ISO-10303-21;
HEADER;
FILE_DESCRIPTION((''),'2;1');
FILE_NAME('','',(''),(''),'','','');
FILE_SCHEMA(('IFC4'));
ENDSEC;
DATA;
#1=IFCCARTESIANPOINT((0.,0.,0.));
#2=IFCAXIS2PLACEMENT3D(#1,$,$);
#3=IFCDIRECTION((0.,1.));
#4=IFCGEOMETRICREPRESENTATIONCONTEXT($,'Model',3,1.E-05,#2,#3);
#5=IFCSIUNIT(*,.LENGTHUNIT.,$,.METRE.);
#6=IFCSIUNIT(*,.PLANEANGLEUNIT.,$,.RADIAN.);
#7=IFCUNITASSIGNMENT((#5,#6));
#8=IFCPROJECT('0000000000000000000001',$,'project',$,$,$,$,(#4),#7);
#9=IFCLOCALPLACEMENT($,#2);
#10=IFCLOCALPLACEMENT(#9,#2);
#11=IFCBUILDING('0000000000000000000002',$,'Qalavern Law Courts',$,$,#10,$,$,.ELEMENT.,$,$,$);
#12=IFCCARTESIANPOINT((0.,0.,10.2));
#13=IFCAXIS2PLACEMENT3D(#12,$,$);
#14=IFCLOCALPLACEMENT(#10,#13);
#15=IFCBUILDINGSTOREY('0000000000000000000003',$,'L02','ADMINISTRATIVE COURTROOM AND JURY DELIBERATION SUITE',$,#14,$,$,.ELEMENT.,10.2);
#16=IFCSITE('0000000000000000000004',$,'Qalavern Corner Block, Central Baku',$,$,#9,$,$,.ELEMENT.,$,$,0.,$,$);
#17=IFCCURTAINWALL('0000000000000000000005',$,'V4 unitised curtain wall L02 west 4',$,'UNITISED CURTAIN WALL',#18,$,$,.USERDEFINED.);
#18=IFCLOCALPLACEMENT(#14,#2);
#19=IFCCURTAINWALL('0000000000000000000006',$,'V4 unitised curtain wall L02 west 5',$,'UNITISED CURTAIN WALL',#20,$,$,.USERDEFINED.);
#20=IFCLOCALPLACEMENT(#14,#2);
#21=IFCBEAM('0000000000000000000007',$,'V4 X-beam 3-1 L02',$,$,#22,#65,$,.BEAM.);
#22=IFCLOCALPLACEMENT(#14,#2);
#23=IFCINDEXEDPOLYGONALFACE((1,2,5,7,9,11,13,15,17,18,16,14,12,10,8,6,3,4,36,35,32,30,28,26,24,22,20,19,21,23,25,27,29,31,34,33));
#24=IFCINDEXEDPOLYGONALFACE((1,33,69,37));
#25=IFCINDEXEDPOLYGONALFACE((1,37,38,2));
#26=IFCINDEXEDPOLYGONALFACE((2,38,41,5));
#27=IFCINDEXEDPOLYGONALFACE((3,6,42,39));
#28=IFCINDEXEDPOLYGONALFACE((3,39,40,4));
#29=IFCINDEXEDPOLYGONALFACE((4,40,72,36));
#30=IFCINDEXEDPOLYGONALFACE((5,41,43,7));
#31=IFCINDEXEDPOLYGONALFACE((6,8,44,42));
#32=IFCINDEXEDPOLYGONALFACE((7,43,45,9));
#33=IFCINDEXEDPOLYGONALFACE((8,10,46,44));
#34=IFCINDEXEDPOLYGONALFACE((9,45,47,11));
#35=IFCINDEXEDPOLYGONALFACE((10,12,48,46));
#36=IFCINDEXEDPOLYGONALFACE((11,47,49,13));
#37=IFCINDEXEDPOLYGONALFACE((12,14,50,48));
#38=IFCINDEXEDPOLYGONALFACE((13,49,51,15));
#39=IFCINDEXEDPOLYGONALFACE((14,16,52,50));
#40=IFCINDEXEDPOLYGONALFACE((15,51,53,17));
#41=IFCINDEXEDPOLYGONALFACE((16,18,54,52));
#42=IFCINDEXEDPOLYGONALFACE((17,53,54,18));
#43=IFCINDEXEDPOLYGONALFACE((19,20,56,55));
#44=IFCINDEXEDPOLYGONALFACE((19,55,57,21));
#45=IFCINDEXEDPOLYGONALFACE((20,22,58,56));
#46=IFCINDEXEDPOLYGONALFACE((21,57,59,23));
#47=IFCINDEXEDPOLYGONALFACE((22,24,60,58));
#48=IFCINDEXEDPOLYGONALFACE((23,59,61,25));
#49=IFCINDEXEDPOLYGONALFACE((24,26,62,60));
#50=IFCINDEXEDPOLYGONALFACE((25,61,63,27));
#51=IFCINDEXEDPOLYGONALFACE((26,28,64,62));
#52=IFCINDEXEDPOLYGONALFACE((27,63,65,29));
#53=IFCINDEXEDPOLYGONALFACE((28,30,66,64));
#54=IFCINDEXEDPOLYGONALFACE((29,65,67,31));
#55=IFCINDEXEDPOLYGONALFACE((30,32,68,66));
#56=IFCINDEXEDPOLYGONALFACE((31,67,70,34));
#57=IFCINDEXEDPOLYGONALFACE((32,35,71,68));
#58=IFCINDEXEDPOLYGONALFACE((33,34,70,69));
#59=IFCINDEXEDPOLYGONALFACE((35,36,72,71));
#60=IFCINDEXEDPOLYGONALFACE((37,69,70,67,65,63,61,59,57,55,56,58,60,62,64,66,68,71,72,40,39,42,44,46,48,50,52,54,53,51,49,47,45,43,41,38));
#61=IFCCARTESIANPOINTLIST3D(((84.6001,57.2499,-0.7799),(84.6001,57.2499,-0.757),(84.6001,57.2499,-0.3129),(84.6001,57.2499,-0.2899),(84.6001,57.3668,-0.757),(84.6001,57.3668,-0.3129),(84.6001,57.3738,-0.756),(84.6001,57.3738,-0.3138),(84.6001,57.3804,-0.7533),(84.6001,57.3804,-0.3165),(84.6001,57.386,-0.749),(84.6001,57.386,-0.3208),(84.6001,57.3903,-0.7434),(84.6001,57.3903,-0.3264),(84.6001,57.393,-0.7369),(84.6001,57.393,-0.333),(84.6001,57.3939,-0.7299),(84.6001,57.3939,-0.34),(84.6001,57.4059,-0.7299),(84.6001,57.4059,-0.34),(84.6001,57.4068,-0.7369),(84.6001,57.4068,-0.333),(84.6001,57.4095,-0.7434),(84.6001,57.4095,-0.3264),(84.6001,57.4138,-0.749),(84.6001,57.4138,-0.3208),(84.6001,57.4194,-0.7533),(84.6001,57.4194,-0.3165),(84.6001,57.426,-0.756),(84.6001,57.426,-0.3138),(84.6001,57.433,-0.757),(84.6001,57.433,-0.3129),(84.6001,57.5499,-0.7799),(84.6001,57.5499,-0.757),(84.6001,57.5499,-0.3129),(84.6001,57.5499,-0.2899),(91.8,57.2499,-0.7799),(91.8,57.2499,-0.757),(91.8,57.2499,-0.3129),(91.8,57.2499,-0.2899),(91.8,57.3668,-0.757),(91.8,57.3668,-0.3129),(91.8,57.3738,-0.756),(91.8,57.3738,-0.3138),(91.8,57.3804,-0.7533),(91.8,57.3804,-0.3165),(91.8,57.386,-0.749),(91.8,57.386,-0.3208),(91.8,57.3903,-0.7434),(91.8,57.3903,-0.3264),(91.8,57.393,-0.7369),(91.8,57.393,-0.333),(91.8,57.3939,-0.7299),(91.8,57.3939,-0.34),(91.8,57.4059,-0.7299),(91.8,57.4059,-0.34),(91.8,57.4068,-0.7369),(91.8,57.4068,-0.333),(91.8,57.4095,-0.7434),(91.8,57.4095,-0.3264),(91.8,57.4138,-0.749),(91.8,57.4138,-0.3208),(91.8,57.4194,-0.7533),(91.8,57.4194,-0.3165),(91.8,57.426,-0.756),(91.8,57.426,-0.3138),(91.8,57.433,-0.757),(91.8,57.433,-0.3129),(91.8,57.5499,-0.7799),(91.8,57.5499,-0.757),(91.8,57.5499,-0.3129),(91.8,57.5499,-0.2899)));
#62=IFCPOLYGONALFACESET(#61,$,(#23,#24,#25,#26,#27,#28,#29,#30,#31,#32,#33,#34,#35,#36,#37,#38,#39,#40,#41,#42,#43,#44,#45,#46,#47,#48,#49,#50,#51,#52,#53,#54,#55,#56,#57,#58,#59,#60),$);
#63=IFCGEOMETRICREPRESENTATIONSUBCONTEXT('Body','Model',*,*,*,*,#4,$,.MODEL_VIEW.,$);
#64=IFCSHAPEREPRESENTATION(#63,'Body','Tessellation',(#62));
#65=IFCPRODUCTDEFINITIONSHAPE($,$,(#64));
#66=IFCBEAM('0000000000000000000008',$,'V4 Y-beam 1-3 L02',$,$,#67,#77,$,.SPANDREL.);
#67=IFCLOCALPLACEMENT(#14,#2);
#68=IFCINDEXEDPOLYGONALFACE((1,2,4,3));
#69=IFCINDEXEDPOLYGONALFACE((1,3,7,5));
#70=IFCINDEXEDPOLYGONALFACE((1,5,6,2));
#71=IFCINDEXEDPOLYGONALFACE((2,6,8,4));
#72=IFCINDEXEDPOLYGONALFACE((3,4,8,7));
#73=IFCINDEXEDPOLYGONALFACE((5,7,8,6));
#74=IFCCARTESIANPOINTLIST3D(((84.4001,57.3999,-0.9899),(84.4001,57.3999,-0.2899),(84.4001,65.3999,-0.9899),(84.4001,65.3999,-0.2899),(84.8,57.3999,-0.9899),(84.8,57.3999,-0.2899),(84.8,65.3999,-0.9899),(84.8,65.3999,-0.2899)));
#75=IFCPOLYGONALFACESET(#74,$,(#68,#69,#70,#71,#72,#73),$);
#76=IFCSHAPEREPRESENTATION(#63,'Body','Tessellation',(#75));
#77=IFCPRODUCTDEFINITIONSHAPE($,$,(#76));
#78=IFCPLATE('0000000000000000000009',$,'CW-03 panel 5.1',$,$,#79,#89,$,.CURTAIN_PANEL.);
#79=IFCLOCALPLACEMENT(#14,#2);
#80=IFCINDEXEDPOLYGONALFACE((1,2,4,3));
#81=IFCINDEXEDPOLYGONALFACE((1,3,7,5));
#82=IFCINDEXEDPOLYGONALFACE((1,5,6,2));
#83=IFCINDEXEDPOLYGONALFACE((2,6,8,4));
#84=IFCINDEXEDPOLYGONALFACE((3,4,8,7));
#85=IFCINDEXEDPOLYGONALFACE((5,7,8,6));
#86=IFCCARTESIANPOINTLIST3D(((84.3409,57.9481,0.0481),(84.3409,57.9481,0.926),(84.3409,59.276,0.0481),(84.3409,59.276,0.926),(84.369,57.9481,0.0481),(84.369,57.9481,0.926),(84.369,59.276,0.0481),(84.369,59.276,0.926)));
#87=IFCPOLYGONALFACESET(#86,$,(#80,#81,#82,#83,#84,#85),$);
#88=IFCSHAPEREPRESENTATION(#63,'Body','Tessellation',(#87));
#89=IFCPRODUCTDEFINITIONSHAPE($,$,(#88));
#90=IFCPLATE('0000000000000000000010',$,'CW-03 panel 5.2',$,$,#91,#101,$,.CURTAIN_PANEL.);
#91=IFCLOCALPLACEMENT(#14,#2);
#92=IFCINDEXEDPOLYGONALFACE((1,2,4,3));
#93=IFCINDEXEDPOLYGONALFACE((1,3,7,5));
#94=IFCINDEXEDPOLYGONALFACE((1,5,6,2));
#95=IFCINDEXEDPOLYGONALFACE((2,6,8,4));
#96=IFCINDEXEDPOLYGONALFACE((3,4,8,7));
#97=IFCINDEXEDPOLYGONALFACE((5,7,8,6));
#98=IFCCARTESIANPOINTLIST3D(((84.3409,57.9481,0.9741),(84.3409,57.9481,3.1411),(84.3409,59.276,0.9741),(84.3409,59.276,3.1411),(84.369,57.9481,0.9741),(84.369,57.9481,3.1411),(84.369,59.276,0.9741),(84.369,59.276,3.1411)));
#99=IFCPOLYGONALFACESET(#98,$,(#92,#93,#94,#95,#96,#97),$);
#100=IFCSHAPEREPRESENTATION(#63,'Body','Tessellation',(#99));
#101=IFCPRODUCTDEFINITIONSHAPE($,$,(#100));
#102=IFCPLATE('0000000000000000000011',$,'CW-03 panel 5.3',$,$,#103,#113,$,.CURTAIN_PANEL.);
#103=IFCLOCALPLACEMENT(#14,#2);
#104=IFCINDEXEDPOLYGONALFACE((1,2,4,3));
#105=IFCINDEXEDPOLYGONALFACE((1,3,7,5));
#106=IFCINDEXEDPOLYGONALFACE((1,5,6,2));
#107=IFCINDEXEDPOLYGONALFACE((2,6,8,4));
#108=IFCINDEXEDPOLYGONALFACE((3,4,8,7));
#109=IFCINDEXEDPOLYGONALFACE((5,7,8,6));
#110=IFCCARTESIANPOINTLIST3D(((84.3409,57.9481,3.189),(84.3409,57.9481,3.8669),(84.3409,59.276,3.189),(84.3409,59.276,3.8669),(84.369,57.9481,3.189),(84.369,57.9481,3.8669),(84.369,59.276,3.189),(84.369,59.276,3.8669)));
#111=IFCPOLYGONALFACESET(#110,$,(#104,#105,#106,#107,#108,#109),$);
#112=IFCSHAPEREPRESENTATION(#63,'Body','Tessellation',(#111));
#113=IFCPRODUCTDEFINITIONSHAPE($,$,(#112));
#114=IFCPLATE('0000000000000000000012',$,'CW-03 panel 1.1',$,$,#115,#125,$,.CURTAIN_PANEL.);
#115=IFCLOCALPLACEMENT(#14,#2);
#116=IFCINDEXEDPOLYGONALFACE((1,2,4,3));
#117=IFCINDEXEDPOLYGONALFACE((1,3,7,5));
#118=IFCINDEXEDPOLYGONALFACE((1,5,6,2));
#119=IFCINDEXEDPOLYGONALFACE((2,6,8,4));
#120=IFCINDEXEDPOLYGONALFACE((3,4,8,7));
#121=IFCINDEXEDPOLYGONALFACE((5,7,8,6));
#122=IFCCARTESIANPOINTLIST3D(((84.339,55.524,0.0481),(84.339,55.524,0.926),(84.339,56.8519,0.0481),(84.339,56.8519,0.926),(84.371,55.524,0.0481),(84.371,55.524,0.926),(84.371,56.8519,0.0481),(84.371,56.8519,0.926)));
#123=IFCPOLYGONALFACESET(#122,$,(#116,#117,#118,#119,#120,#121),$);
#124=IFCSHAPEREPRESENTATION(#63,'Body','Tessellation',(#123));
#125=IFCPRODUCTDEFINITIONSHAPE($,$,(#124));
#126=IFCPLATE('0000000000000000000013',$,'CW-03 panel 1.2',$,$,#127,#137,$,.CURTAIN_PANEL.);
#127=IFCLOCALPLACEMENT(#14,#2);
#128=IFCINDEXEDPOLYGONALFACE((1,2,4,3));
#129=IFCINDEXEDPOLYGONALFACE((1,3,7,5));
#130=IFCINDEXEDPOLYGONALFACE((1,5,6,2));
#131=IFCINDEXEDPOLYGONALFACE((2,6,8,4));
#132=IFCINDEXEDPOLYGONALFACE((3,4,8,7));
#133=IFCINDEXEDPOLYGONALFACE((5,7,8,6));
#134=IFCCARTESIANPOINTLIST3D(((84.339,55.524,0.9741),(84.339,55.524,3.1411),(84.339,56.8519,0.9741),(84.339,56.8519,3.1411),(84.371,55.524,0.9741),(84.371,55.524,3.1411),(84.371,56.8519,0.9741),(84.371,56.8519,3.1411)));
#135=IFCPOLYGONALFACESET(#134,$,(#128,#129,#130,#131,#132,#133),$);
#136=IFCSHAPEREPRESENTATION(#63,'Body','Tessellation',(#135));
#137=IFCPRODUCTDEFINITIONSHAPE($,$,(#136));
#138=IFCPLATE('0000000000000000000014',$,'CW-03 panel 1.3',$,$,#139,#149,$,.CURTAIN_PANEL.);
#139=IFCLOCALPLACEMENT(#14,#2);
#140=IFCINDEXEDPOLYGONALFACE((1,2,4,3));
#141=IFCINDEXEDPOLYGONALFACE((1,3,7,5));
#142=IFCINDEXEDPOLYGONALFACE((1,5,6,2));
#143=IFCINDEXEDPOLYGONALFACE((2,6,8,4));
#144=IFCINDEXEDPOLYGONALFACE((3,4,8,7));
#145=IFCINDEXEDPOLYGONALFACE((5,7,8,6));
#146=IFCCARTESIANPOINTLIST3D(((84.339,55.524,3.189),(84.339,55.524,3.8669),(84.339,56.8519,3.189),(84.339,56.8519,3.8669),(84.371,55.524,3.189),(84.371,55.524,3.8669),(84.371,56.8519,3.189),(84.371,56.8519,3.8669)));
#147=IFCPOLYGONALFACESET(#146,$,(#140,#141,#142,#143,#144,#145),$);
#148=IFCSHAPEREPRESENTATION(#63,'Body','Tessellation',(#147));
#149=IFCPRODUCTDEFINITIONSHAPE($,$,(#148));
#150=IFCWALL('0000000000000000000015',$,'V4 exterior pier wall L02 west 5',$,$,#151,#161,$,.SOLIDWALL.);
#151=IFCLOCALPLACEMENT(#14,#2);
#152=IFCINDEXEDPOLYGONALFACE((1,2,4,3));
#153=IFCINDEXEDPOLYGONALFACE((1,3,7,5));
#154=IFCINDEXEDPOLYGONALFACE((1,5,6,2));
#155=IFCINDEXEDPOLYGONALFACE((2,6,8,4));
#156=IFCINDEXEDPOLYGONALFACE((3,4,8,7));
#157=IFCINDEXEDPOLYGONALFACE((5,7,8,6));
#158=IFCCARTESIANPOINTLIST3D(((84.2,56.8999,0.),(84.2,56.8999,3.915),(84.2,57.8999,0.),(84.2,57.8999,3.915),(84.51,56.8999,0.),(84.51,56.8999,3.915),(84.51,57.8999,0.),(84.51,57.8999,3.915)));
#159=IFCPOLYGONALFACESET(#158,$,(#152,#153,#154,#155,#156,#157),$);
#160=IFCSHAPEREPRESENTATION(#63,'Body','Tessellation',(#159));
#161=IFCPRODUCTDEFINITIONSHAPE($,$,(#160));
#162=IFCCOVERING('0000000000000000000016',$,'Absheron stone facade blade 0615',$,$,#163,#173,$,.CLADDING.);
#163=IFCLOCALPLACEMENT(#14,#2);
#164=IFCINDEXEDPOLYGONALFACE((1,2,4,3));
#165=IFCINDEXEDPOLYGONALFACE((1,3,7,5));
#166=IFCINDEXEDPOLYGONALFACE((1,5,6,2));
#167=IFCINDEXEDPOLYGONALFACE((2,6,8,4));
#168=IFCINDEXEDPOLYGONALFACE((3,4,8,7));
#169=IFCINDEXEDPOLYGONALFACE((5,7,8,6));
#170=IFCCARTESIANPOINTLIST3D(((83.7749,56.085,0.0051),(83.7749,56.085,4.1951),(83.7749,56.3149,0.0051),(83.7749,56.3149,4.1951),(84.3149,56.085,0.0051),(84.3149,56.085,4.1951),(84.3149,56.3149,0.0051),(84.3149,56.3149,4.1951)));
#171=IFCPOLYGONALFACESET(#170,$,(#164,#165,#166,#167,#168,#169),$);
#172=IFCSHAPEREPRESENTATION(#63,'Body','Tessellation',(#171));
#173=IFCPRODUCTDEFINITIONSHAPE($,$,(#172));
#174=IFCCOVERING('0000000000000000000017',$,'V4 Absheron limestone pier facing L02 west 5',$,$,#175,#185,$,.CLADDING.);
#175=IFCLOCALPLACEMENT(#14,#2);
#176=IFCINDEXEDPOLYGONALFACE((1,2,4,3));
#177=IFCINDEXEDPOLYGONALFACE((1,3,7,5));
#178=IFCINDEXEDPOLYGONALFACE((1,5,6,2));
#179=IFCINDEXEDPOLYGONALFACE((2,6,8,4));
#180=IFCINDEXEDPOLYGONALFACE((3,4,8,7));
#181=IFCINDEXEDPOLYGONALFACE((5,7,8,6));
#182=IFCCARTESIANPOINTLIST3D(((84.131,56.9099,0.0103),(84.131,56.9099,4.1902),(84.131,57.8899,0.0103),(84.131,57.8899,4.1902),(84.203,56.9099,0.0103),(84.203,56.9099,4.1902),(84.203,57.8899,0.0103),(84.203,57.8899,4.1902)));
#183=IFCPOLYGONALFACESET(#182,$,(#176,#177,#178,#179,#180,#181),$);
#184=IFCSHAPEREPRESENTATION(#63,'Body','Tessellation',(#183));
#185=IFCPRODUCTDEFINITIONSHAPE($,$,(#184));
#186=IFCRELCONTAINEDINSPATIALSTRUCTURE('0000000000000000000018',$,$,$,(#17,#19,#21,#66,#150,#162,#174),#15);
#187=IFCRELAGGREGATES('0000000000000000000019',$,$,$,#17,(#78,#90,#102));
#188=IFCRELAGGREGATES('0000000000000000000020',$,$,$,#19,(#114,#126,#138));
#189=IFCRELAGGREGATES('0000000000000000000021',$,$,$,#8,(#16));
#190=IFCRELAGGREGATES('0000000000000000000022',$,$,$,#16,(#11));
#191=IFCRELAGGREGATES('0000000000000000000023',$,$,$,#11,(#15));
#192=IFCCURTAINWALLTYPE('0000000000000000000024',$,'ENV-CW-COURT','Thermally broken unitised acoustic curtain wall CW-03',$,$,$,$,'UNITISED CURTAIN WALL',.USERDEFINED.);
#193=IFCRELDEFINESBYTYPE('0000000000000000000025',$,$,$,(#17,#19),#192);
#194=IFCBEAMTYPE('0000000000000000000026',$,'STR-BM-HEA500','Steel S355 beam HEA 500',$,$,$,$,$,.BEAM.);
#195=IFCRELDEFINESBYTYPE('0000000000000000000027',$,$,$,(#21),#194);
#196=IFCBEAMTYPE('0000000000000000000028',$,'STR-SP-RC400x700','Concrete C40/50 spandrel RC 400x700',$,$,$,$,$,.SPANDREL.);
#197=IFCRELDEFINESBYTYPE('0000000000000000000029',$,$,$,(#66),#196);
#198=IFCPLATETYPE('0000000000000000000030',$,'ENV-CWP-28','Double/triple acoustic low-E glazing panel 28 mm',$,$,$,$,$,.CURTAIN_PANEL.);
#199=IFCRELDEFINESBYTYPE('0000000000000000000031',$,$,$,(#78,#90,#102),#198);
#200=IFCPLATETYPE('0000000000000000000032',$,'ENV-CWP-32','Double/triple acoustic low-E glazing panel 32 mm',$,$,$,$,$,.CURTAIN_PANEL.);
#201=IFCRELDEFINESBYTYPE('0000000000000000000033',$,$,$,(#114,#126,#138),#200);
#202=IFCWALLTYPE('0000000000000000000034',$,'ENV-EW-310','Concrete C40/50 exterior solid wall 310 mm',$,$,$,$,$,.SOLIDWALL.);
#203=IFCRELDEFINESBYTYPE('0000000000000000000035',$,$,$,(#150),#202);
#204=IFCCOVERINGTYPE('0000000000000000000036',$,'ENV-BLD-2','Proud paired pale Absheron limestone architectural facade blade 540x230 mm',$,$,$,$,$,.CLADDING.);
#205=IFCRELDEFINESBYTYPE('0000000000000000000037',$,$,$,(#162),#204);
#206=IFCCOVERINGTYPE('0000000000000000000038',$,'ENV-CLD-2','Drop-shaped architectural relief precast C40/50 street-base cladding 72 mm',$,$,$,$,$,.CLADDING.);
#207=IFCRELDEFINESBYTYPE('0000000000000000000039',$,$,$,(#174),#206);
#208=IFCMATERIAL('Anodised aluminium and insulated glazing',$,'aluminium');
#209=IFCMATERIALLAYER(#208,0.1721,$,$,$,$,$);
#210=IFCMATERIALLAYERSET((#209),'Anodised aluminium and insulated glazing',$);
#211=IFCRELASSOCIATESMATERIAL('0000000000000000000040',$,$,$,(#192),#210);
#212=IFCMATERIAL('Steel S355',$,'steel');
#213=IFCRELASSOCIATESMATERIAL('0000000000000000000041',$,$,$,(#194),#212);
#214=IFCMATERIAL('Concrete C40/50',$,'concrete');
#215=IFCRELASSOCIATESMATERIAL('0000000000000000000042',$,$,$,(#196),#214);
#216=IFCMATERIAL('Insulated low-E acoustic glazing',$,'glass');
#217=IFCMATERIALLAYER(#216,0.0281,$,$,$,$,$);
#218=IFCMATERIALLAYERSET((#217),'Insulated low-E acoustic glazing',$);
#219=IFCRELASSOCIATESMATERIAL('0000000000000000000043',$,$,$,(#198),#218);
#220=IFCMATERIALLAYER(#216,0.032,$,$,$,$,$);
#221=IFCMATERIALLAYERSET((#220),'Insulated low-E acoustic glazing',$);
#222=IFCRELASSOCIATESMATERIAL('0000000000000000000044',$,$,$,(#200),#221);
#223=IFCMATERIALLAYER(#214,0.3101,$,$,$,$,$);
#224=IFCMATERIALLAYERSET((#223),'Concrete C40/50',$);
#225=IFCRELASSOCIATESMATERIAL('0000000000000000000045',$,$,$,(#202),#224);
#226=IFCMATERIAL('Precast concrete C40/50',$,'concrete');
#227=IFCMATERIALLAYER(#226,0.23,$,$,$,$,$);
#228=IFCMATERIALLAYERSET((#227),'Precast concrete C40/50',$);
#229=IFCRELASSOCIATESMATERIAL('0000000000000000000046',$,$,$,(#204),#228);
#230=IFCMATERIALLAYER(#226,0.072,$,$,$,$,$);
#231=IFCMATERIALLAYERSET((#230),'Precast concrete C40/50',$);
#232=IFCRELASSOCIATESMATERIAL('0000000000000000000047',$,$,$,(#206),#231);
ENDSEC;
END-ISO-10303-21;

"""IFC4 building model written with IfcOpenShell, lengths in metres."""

from ifc_helpers import new_model, si_unit, direction, frame, frame_2d, origin, origin_2d, place, context, subcontext, project, spatial, rectangle, i_section, extrude, material, layer, layer_set, material_profile, profile_set, type_object, element, aggregate, save


model = new_model("IFC4")

# Units and contexts
model_context = context("Model", 3, precision=1e-05, world=origin(), true_north=direction((0.0, 1.0)))
body_context = subcontext(model_context, "Body", "Model", "MODEL_VIEW")
ifc_project = project(units=[si_unit("LENGTHUNIT", "METRE"), si_unit("PLANEANGLEUNIT", "RADIAN")], contexts=[model_context])

# Site, building, storey
site_placement = place(None, origin())
site = spatial("IfcSite", under=ifc_project, at=site_placement, Name="Qalavern Corner Block, Central Baku", CompositionType="ELEMENT", RefElevation=0.0)
building_placement = place(site_placement, origin())
building = spatial("IfcBuilding", under=site, at=building_placement, Name="Qalavern Law Courts", CompositionType="ELEMENT")
storey_placement = place(building_placement, frame((0.0, 0.0, 10.2)))
storey = spatial("IfcBuildingStorey", under=building, at=storey_placement, Name="L02", Description="ADMINISTRATIVE COURTROOM AND JURY DELIBERATION SUITE", CompositionType="ELEMENT", Elevation=10.2)

# Curtain walls
ifc_material_1 = material(Name="Anodised aluminium and insulated glazing", Category="aluminium")
ifc_layer_1 = layer(ifc_material_1, 0.1721)
ifc_layer_set_1 = layer_set([ifc_layer_1], Name="Anodised aluminium and insulated glazing")
curtain_wall_type = type_object("IfcCurtainWallType", Name="ENV-CW-COURT", Description="Thermally broken unitised acoustic curtain wall CW-03", ElementType="UNITISED CURTAIN WALL", PredefinedType="USERDEFINED", material=ifc_layer_set_1)
curtain_wall_1_placement = place(storey_placement, origin())
curtain_wall_1 = element("IfcCurtainWall", 1, at=curtain_wall_1_placement, inside=storey, type_object=curtain_wall_type, Name="V4 unitised curtain wall L02 west 4", ObjectType="UNITISED CURTAIN WALL", PredefinedType="USERDEFINED")
curtain_wall_2_placement = place(storey_placement, origin())
curtain_wall_2 = element("IfcCurtainWall", 2, at=curtain_wall_2_placement, inside=storey, type_object=curtain_wall_type, Name="V4 unitised curtain wall L02 west 5", ObjectType="UNITISED CURTAIN WALL", PredefinedType="USERDEFINED")

# Beams
ifc_material_2 = material(Name="Steel S355", Category="steel")
ifc_material_profile_1 = material_profile(ifc_material_2, i_section(OverallWidth=0.3, OverallDepth=0.49, WebThickness=0.012, FlangeThickness=0.0229, FilletRadius=0.0271, at=origin_2d()), Name="HEA 500")
ifc_profile_set_1 = profile_set([ifc_material_profile_1], Name="Steel S355")
beam_type_1 = type_object("IfcBeamType", Name="STR-BM-HEA500", Description="Steel S355 beam HEA 500", PredefinedType="BEAM", material=ifc_profile_set_1)
beam_1_placement = place(storey_placement, frame((84.6001, 57.3999, -0.5349), z_axis=(1.0, 0.0, 0.0), x_axis=(0.0, 1.0, 0.0)))
element("IfcBeam", 3, at=beam_1_placement, inside=storey, type_object=beam_type_1, Name="V4 X-beam 3-1 L02", PredefinedType="BEAM", context=body_context, shape_type="SweptSolid", body=[
    extrude(i_section(OverallWidth=0.3, OverallDepth=0.49, WebThickness=0.012, FlangeThickness=0.0229, FilletRadius=0.0271, at=origin_2d()), origin(), (0.0, 0.0, 1.0), 7.2),
])
ifc_material_3 = material(Name="Concrete C40/50", Category="concrete")
ifc_material_profile_2 = material_profile(ifc_material_3, rectangle(XDim=0.3999, YDim=0.7, at=origin_2d()), Name="RC 400x700")
ifc_profile_set_2 = profile_set([ifc_material_profile_2], Name="Concrete C40/50")
beam_type_2 = type_object("IfcBeamType", Name="STR-SP-RC400x700", Description="Concrete C40/50 spandrel RC 400x700", PredefinedType="SPANDREL", material=ifc_profile_set_2)
beam_2_placement = place(storey_placement, frame((84.6001, 57.3999, -0.6399), z_axis=(0.0, 1.0, 0.0), x_axis=(-1.0, 0.0, 0.0)))
element("IfcBeam", 4, at=beam_2_placement, inside=storey, type_object=beam_type_2, Name="V4 Y-beam 1-3 L02", PredefinedType="SPANDREL", context=body_context, shape_type="SweptSolid", body=[
    extrude(rectangle(XDim=0.3999, YDim=0.7, at=origin_2d()), origin(), (0.0, 0.0, 1.0), 8.0),
])

# Plates
ifc_material_4 = material(Name="Insulated low-E acoustic glazing", Category="glass")
ifc_layer_2 = layer(ifc_material_4, 0.0281)
ifc_layer_set_2 = layer_set([ifc_layer_2], Name="Insulated low-E acoustic glazing")
plate_type_1 = type_object("IfcPlateType", Name="ENV-CWP-28", Description="Double/triple acoustic low-E glazing panel 28 mm", PredefinedType="CURTAIN_PANEL", material=ifc_layer_set_2)
plate_1_placement = place(storey_placement, frame((84.355, 58.6121, 0.0481), z_axis=(0.0, 0.0, 1.0), x_axis=(0.0, -1.0, 0.0)))
plate_1 = element("IfcPlate", 5, at=plate_1_placement, type_object=plate_type_1, Name="CW-03 panel 5.1", PredefinedType="CURTAIN_PANEL", context=body_context, shape_type="SweptSolid", body=[
    extrude(rectangle(XDim=1.3279, YDim=0.0281, at=origin_2d()), origin(), (0.0, 0.0, 1.0), 0.8779),
])
plate_2_placement = place(storey_placement, frame((84.355, 58.6121, 0.9741), z_axis=(0.0, 0.0, 1.0), x_axis=(0.0, -1.0, 0.0)))
plate_2 = element("IfcPlate", 6, at=plate_2_placement, type_object=plate_type_1, Name="CW-03 panel 5.2", PredefinedType="CURTAIN_PANEL", context=body_context, shape_type="SweptSolid", body=[
    extrude(rectangle(XDim=1.3279, YDim=0.0281, at=origin_2d()), origin(), (0.0, 0.0, 1.0), 2.167),
])
plate_3_placement = place(storey_placement, frame((84.355, 58.6121, 3.189), z_axis=(0.0, 0.0, 1.0), x_axis=(0.0, -1.0, 0.0)))
plate_3 = element("IfcPlate", 7, at=plate_3_placement, type_object=plate_type_1, Name="CW-03 panel 5.3", PredefinedType="CURTAIN_PANEL", context=body_context, shape_type="SweptSolid", body=[
    extrude(rectangle(XDim=1.3279, YDim=0.0281, at=origin_2d()), origin(), (0.0, 0.0, 1.0), 0.678),
])
aggregate(curtain_wall_1, [plate_1, plate_2, plate_3])
ifc_layer_3 = layer(ifc_material_4, 0.032)
ifc_layer_set_3 = layer_set([ifc_layer_3], Name="Insulated low-E acoustic glazing")
plate_type_2 = type_object("IfcPlateType", Name="ENV-CWP-32", Description="Double/triple acoustic low-E glazing panel 32 mm", PredefinedType="CURTAIN_PANEL", material=ifc_layer_set_3)
plate_4_placement = place(storey_placement, frame((84.355, 56.188, 0.0481), z_axis=(0.0, 0.0, 1.0), x_axis=(0.0, -1.0, 0.0)))
plate_4 = element("IfcPlate", 8, at=plate_4_placement, type_object=plate_type_2, Name="CW-03 panel 1.1", PredefinedType="CURTAIN_PANEL", context=body_context, shape_type="SweptSolid", body=[
    extrude(rectangle(XDim=1.3279, YDim=0.032, at=origin_2d()), origin(), (0.0, 0.0, 1.0), 0.8779),
])
plate_5_placement = place(storey_placement, frame((84.355, 56.188, 0.9741), z_axis=(0.0, 0.0, 1.0), x_axis=(0.0, -1.0, 0.0)))
plate_5 = element("IfcPlate", 9, at=plate_5_placement, type_object=plate_type_2, Name="CW-03 panel 1.2", PredefinedType="CURTAIN_PANEL", context=body_context, shape_type="SweptSolid", body=[
    extrude(rectangle(XDim=1.3279, YDim=0.032, at=origin_2d()), origin(), (0.0, 0.0, 1.0), 2.167),
])
plate_6_placement = place(storey_placement, frame((84.355, 56.188, 3.189), z_axis=(0.0, 0.0, 1.0), x_axis=(0.0, -1.0, 0.0)))
plate_6 = element("IfcPlate", 10, at=plate_6_placement, type_object=plate_type_2, Name="CW-03 panel 1.3", PredefinedType="CURTAIN_PANEL", context=body_context, shape_type="SweptSolid", body=[
    extrude(rectangle(XDim=1.3279, YDim=0.032, at=origin_2d()), origin(), (0.0, 0.0, 1.0), 0.678),
])
aggregate(curtain_wall_2, [plate_4, plate_5, plate_6])

# Wall
ifc_layer_4 = layer(ifc_material_3, 0.3101)
ifc_layer_set_4 = layer_set([ifc_layer_4], Name="Concrete C40/50")
wall_type = type_object("IfcWallType", Name="ENV-EW-310", Description="Concrete C40/50 exterior solid wall 310 mm", PredefinedType="SOLIDWALL", material=ifc_layer_set_4)
wall_placement = place(storey_placement, frame((84.355, 57.8999, 0.0), z_axis=(0.0, 0.0, 1.0), x_axis=(0.0, -1.0, 0.0)))
element("IfcWall", 11, at=wall_placement, inside=storey, type_object=wall_type, Name="V4 exterior pier wall L02 west 5", PredefinedType="SOLIDWALL", context=body_context, shape_type="SweptSolid", body=[
    extrude(rectangle(XDim=1.0, YDim=0.3101, at=frame_2d((0.5, 0.0))), origin(), (0.0, 0.0, 1.0), 3.915),
])

# Coverings
ifc_material_5 = material(Name="Precast concrete C40/50", Category="concrete")
ifc_layer_5 = layer(ifc_material_5, 0.23)
ifc_layer_set_5 = layer_set([ifc_layer_5], Name="Precast concrete C40/50")
covering_type_1 = type_object("IfcCoveringType", Name="ENV-BLD-2", Description="Proud paired pale Absheron limestone architectural facade blade 540x230 mm", PredefinedType="CLADDING", material=ifc_layer_set_5)
covering_1_placement = place(storey_placement, frame((84.0449, 56.2, 0.0051), z_axis=(0.0, 0.0, 1.0), x_axis=(-1.0, 0.0, 0.0)))
element("IfcCovering", 12, at=covering_1_placement, inside=storey, type_object=covering_type_1, Name="Absheron stone facade blade 0615", PredefinedType="CLADDING", context=body_context, shape_type="SweptSolid", body=[
    extrude(rectangle(XDim=0.54, YDim=0.23, at=origin_2d()), origin(), (0.0, 0.0, 1.0), 4.1899),
])
ifc_layer_6 = layer(ifc_material_5, 0.072)
ifc_layer_set_6 = layer_set([ifc_layer_6], Name="Precast concrete C40/50")
covering_type_2 = type_object("IfcCoveringType", Name="ENV-CLD-2", Description="Drop-shaped architectural relief precast C40/50 street-base cladding 72 mm", PredefinedType="CLADDING", material=ifc_layer_set_6)
covering_2_placement = place(storey_placement, frame((84.167, 57.3999, 0.0103), z_axis=(0.0, 0.0, 1.0), x_axis=(0.0, -1.0, 0.0)))
element("IfcCovering", 13, at=covering_2_placement, inside=storey, type_object=covering_type_2, Name="V4 Absheron limestone pier facing L02 west 5", PredefinedType="CLADDING", context=body_context, shape_type="SweptSolid", body=[
    extrude(rectangle(XDim=0.98, YDim=0.072, at=origin_2d()), origin(), (0.0, 0.0, 1.0), 4.1799),
])

save(model, "model.ifc")
